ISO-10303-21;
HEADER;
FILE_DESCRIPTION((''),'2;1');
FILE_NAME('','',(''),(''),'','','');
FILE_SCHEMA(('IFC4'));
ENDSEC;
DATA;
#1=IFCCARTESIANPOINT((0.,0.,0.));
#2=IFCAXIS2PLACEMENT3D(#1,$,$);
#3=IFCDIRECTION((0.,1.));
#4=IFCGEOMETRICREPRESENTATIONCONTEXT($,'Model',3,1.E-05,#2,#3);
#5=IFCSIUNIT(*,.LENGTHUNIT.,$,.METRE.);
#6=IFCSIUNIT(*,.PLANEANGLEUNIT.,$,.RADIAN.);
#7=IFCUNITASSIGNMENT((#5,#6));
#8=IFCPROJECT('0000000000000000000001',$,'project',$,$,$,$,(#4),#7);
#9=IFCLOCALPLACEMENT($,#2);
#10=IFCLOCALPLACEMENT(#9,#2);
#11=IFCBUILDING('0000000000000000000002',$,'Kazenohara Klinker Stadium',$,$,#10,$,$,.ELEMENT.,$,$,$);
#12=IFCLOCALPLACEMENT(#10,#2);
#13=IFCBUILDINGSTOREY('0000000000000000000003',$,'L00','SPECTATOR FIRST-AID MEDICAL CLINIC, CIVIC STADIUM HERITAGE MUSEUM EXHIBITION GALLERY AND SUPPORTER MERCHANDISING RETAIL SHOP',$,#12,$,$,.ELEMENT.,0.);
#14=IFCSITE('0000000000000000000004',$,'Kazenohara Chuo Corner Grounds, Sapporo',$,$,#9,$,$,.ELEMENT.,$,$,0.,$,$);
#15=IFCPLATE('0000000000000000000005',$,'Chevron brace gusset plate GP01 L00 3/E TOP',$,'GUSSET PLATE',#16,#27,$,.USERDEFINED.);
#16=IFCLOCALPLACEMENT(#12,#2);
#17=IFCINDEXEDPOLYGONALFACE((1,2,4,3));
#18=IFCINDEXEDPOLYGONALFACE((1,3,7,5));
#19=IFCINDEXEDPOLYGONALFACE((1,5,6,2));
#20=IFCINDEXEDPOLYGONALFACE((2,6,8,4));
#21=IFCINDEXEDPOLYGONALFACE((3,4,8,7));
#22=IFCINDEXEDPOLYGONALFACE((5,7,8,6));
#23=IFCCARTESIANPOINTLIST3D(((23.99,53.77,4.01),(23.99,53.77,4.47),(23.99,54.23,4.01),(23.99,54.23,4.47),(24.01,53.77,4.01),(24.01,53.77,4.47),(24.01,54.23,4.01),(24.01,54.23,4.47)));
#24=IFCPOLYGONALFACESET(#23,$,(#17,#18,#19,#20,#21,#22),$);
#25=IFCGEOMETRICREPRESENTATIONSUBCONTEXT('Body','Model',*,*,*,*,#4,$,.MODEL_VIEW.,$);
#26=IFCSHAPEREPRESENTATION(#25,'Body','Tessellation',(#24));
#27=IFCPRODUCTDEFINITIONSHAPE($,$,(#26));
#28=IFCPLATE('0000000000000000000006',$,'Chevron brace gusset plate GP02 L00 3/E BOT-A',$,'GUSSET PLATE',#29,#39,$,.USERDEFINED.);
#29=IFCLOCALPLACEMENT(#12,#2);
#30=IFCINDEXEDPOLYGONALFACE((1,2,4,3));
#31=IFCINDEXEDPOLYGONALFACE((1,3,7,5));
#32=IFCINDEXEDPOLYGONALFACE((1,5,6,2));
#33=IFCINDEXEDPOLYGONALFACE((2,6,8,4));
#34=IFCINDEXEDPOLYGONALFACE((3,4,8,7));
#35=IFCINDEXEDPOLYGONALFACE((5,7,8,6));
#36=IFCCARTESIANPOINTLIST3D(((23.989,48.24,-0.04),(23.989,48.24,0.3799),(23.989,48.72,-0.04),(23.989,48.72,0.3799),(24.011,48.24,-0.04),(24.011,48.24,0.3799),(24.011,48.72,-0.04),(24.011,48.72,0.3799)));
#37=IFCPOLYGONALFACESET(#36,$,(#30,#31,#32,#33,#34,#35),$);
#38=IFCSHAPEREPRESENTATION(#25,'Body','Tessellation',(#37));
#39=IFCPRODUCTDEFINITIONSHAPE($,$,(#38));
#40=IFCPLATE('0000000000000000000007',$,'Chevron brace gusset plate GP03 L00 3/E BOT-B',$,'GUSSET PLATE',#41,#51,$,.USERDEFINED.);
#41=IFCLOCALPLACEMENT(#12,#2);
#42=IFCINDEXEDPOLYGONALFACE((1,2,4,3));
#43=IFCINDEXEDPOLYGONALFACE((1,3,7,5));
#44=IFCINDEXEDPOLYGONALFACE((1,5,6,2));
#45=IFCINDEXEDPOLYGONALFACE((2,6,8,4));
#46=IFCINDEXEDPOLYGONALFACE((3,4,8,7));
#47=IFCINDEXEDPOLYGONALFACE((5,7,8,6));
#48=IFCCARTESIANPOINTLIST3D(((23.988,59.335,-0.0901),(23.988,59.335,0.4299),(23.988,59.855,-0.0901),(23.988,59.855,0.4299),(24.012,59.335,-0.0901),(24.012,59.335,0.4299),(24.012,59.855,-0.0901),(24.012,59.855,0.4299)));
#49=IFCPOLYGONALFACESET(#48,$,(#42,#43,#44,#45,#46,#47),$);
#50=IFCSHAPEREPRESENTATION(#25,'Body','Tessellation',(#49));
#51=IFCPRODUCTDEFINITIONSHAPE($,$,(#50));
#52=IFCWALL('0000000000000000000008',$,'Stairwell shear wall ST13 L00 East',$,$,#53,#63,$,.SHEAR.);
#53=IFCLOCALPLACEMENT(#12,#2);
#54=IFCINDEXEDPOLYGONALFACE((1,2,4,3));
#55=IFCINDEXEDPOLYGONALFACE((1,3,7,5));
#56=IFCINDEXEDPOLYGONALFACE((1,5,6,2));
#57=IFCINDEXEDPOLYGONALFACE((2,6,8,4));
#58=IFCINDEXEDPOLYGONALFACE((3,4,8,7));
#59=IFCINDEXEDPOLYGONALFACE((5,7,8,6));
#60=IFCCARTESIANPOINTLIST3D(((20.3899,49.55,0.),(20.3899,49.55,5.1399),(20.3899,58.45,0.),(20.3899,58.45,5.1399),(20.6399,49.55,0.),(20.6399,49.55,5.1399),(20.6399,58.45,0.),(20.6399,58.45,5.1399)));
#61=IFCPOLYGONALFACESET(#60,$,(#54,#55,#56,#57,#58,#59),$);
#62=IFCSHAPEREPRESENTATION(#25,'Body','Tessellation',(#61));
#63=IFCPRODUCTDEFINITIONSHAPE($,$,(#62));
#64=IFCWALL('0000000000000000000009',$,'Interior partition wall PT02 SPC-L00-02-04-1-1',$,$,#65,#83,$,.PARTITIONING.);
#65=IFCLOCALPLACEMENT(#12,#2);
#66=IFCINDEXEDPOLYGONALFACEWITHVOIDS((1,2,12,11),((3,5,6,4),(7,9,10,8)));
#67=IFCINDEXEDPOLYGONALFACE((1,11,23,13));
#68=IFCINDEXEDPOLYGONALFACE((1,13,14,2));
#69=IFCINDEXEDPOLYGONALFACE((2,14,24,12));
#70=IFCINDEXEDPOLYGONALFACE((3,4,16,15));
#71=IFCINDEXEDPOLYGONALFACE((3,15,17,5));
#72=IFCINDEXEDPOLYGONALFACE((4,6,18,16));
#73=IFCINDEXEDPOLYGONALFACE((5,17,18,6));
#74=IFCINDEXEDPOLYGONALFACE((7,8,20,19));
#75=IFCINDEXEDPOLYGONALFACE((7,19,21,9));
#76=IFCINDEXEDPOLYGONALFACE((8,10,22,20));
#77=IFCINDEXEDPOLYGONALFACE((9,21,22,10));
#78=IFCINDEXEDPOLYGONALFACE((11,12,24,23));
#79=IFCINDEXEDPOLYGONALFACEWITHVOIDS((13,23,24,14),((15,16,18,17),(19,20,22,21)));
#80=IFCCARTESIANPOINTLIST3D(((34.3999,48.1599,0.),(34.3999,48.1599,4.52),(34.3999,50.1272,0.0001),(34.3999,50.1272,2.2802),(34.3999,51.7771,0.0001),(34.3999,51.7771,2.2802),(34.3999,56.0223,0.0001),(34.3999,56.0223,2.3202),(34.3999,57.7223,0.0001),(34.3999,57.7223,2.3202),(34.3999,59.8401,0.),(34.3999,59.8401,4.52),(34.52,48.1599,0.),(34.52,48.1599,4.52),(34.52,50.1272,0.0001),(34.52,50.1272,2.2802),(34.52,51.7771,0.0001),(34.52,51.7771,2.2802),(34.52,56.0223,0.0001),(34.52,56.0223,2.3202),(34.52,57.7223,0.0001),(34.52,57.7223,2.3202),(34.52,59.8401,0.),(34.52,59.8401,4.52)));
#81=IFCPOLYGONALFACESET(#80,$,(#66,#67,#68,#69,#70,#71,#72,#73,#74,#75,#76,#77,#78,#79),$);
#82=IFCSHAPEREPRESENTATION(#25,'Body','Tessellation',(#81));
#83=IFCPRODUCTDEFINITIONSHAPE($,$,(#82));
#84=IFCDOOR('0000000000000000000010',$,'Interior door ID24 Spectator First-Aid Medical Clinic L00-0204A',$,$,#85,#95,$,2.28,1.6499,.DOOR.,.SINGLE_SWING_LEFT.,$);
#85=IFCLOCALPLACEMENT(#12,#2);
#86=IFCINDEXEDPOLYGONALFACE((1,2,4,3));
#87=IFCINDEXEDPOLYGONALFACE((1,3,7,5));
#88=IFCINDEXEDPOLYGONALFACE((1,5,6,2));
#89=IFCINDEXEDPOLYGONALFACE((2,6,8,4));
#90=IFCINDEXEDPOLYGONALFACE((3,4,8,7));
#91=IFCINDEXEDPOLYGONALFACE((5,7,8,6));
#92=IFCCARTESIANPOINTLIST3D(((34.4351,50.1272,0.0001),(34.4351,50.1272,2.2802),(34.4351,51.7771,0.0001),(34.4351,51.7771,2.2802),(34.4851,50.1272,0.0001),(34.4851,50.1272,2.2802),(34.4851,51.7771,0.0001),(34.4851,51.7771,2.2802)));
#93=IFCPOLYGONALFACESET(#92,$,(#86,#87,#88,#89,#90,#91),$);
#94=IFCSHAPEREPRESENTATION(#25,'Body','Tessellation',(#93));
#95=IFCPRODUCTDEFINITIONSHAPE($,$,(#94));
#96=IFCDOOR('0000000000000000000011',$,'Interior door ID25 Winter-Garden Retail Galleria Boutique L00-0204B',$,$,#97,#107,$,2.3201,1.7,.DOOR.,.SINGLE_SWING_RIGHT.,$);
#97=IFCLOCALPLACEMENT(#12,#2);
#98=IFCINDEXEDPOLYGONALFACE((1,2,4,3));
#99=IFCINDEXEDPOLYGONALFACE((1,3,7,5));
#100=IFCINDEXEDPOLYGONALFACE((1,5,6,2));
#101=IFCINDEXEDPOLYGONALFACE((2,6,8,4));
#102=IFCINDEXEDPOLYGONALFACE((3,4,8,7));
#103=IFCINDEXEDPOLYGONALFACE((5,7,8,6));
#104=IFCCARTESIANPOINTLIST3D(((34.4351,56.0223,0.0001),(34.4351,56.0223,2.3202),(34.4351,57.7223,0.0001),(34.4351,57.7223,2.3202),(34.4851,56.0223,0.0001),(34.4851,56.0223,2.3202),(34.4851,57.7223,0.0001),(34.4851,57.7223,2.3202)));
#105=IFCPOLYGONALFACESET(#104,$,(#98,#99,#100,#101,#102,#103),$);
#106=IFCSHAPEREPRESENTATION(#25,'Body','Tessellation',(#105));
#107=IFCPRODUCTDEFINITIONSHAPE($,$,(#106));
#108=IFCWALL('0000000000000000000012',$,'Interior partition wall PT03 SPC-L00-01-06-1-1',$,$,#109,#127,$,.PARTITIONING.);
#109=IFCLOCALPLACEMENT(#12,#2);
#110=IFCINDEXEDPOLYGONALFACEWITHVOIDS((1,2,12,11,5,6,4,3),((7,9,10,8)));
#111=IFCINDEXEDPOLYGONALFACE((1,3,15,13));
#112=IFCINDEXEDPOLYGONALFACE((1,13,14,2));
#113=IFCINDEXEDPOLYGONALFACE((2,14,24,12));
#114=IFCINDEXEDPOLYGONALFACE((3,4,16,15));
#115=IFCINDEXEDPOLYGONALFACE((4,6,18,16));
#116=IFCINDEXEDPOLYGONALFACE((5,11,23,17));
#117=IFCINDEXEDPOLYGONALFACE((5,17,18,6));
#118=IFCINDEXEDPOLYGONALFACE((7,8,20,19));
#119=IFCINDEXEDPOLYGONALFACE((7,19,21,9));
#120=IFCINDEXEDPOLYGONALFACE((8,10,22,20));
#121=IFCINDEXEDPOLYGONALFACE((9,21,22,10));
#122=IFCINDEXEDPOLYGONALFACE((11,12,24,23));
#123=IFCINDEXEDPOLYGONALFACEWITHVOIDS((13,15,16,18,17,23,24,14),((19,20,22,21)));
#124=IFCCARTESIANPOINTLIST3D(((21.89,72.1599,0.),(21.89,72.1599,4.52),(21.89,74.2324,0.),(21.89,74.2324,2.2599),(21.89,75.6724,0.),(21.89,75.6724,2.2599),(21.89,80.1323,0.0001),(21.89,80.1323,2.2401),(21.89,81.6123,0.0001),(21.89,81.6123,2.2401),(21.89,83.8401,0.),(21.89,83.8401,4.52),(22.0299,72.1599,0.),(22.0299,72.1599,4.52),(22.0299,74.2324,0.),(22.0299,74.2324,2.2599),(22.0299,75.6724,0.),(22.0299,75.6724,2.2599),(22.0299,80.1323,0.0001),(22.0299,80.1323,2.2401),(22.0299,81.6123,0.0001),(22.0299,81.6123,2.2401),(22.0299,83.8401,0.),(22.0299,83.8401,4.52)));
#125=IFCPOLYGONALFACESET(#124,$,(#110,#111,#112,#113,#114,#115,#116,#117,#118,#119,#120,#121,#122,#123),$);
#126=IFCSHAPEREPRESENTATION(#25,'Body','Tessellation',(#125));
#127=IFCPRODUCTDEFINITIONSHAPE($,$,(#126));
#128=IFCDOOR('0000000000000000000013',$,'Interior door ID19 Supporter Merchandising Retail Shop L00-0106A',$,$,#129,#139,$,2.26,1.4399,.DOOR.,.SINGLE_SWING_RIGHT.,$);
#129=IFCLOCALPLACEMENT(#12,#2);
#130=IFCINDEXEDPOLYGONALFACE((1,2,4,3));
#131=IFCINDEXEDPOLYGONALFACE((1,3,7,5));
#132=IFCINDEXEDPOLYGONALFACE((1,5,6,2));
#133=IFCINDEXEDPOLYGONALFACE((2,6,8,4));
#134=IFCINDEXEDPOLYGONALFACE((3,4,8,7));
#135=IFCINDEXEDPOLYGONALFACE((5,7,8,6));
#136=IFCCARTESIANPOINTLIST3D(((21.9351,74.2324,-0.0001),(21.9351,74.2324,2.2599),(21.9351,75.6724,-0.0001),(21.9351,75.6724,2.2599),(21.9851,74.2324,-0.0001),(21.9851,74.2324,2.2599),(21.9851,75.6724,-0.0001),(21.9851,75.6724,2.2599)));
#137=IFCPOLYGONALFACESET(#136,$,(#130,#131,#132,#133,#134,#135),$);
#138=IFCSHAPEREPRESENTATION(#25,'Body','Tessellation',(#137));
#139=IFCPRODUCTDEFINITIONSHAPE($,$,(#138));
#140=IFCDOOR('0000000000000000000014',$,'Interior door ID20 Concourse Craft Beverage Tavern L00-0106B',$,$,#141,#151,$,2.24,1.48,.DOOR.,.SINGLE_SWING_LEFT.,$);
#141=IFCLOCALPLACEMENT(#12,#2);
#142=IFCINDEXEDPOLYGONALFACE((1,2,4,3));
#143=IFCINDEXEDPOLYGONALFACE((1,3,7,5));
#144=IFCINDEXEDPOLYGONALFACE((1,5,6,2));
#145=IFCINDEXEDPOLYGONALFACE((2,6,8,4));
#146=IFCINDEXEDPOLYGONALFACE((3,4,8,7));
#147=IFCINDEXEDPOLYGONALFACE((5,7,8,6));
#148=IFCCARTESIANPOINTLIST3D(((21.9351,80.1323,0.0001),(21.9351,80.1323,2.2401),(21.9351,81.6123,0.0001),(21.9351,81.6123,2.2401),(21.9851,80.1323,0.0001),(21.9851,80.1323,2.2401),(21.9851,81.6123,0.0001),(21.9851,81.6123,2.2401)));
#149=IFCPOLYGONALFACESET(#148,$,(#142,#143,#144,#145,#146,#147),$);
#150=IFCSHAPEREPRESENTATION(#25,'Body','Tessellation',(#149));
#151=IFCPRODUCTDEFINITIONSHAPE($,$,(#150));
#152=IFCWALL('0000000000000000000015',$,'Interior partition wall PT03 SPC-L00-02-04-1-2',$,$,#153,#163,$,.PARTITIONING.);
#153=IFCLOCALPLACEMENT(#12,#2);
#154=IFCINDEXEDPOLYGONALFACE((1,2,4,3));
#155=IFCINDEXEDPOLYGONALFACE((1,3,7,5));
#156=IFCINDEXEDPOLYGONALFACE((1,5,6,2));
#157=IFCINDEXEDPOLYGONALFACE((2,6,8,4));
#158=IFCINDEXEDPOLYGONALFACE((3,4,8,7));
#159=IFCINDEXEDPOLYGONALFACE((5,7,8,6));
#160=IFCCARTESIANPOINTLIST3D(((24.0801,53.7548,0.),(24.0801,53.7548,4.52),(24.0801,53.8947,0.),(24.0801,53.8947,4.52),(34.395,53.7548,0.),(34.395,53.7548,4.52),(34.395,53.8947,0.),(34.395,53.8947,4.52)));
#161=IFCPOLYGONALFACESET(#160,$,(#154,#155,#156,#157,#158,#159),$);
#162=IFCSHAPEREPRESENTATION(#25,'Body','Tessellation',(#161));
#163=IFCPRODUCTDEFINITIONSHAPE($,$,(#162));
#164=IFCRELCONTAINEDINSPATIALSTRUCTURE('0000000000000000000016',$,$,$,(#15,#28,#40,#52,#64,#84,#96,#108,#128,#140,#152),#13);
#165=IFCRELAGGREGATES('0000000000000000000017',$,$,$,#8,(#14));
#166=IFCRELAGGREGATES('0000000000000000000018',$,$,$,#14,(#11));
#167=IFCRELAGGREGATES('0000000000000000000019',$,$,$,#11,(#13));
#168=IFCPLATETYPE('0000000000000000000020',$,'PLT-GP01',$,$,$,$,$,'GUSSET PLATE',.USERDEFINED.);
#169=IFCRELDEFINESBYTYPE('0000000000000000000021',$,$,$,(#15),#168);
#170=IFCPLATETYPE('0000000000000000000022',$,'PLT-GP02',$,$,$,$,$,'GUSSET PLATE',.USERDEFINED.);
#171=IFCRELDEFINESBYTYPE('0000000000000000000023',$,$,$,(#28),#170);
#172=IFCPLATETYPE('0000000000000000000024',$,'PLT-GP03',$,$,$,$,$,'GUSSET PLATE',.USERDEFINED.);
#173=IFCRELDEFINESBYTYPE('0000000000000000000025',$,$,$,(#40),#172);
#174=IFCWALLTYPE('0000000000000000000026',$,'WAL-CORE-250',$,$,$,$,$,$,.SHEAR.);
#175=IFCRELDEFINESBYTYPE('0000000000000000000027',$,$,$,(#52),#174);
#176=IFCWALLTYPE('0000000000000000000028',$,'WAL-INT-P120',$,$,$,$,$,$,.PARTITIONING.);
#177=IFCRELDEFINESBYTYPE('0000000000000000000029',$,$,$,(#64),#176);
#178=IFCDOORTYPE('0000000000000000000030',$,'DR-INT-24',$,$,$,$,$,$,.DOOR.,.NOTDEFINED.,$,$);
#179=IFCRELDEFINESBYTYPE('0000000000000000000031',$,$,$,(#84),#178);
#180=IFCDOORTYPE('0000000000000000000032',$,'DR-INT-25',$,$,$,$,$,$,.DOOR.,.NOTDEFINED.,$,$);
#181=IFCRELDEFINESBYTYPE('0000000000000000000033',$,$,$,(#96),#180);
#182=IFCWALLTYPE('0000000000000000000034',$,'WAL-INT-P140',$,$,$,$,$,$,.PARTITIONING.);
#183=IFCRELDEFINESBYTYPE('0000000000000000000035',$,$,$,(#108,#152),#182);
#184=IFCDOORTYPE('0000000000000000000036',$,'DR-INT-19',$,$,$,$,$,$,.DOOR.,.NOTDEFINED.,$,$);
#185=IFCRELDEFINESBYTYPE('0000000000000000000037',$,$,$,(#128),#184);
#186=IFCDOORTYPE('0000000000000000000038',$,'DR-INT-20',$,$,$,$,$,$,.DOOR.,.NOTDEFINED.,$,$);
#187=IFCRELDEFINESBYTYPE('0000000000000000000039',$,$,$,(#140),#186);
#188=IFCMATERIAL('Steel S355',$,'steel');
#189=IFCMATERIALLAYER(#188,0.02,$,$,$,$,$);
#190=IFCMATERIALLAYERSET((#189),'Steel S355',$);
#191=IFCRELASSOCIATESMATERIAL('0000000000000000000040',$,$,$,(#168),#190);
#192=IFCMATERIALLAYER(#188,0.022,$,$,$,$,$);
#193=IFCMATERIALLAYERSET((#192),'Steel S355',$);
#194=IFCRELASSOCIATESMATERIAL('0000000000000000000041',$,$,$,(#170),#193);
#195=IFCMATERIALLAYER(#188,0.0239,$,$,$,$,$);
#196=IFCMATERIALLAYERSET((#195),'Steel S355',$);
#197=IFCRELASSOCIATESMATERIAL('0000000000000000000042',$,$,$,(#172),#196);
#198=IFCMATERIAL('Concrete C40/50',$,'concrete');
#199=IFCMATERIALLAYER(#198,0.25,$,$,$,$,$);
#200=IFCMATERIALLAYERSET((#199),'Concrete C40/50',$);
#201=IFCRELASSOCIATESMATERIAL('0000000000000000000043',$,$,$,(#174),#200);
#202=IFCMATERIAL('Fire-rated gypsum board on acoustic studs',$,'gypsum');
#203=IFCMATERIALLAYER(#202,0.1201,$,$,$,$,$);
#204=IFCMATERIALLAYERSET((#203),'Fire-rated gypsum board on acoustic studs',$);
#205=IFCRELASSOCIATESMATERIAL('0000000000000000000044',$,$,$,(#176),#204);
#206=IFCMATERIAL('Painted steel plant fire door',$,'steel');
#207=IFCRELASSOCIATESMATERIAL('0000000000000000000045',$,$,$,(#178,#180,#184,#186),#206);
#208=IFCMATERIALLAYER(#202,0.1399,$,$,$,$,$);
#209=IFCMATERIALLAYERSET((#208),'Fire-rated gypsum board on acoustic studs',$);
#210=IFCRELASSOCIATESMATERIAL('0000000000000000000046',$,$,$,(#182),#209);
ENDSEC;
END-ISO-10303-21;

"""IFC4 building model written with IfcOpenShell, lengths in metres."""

from ifc_helpers import new_model, si_unit, direction, frame, frame_2d, origin, origin_2d, place, context, subcontext, project, spatial, rectangle, extrude, material, layer, layer_set, type_object, element, fill, save


model = new_model("IFC4")

# Units and contexts
model_context = context("Model", 3, precision=1e-05, world=origin(), true_north=direction((0.0, 1.0)))
body_context = subcontext(model_context, "Body", "Model", "MODEL_VIEW")
ifc_project = project(units=[si_unit("LENGTHUNIT", "METRE"), si_unit("PLANEANGLEUNIT", "RADIAN")], contexts=[model_context])

# Site, building, storey
site_placement = place(None, origin())
site = spatial("IfcSite", under=ifc_project, at=site_placement, Name="Kazenohara Chuo Corner Grounds, Sapporo", CompositionType="ELEMENT", RefElevation=0.0)
building_placement = place(site_placement, origin())
building = spatial("IfcBuilding", under=site, at=building_placement, Name="Kazenohara Klinker Stadium", CompositionType="ELEMENT")
storey_placement = place(building_placement, origin())
storey = spatial("IfcBuildingStorey", under=building, at=storey_placement, Name="L00", Description="SPECTATOR FIRST-AID MEDICAL CLINIC, CIVIC STADIUM HERITAGE MUSEUM EXHIBITION GALLERY AND SUPPORTER MERCHANDISING RETAIL SHOP", CompositionType="ELEMENT", Elevation=0.0)

# Shared definitions
ifc_material_1 = material(Name="Concrete C40/50", Category="concrete")

# Shared definitions
ifc_material_2 = material(Name="Steel S355", Category="steel")

# Plates
ifc_layer_1 = layer(ifc_material_2, 0.02)
ifc_layer_set_1 = layer_set([ifc_layer_1], Name="Steel S355")
plate_type_1 = type_object("IfcPlateType", Name="PLT-GP01", ElementType="GUSSET PLATE", PredefinedType="USERDEFINED", material=ifc_layer_set_1)
plate_1_placement = place(storey_placement, frame((24.0, 54.0, 4.01), z_axis=(0.0, 0.0, 1.0), x_axis=(1.0, 0.0, 0.0)))
element("IfcPlate", 1, at=plate_1_placement, inside=storey, type_object=plate_type_1, Name="Chevron brace gusset plate GP01 L00 3/E TOP", ObjectType="GUSSET PLATE", PredefinedType="USERDEFINED", context=body_context, shape_type="SweptSolid", body=[
    extrude(rectangle(XDim=0.02, YDim=0.46, at=origin_2d()), origin(), (0.0, 0.0, 1.0), 0.46),
])
ifc_layer_2 = layer(ifc_material_2, 0.022)
ifc_layer_set_2 = layer_set([ifc_layer_2], Name="Steel S355")
plate_type_2 = type_object("IfcPlateType", Name="PLT-GP02", ElementType="GUSSET PLATE", PredefinedType="USERDEFINED", material=ifc_layer_set_2)
plate_2_placement = place(storey_placement, frame((24.0, 48.48, -0.04), z_axis=(0.0, 0.0, 1.0), x_axis=(1.0, 0.0, 0.0)))
element("IfcPlate", 2, at=plate_2_placement, inside=storey, type_object=plate_type_2, Name="Chevron brace gusset plate GP02 L00 3/E BOT-A", ObjectType="GUSSET PLATE", PredefinedType="USERDEFINED", context=body_context, shape_type="SweptSolid", body=[
    extrude(rectangle(XDim=0.022, YDim=0.48, at=origin_2d()), origin(), (0.0, 0.0, 1.0), 0.4199),
])
ifc_layer_3 = layer(ifc_material_2, 0.0239)
ifc_layer_set_3 = layer_set([ifc_layer_3], Name="Steel S355")
plate_type_3 = type_object("IfcPlateType", Name="PLT-GP03", ElementType="GUSSET PLATE", PredefinedType="USERDEFINED", material=ifc_layer_set_3)
plate_3_placement = place(storey_placement, frame((24.0, 59.595, -0.0901), z_axis=(0.0, 0.0, 1.0), x_axis=(1.0, 0.0, 0.0)))
element("IfcPlate", 3, at=plate_3_placement, inside=storey, type_object=plate_type_3, Name="Chevron brace gusset plate GP03 L00 3/E BOT-B", ObjectType="GUSSET PLATE", PredefinedType="USERDEFINED", context=body_context, shape_type="SweptSolid", body=[
    extrude(rectangle(XDim=0.0239, YDim=0.52, at=origin_2d()), origin(), (0.0, 0.0, 1.0), 0.52),
])

# Wall
ifc_layer_4 = layer(ifc_material_1, 0.25)
ifc_layer_set_4 = layer_set([ifc_layer_4], Name="Concrete C40/50")
wall_type_1 = type_object("IfcWallType", Name="WAL-CORE-250", PredefinedType="SHEAR", material=ifc_layer_set_4)
wall_1_placement = place(storey_placement, frame((20.5149, 49.55, 0.0), z_axis=(0.0, 0.0, 1.0), x_axis=(0.0, 1.0, 0.0)))
element("IfcWall", 4, at=wall_1_placement, inside=storey, type_object=wall_type_1, Name="Stairwell shear wall ST13 L00 East", PredefinedType="SHEAR", context=body_context, shape_type="SweptSolid", body=[
    extrude(rectangle(XDim=8.8999, YDim=0.25, at=frame_2d((4.45, 0.0))), origin(), (0.0, 0.0, 1.0), 5.1399),
])

# Walls, openings, doors
ifc_material_3 = material(Name="Fire-rated gypsum board on acoustic studs", Category="gypsum")
ifc_layer_5 = layer(ifc_material_3, 0.1201)
ifc_layer_set_5 = layer_set([ifc_layer_5], Name="Fire-rated gypsum board on acoustic studs")
wall_type_2 = type_object("IfcWallType", Name="WAL-INT-P120", PredefinedType="PARTITIONING", material=ifc_layer_set_5)
wall_2_placement = place(storey_placement, frame((34.46, 48.1599, 0.0), z_axis=(0.0, 0.0, 1.0), x_axis=(0.0, 1.0, 0.0)))
wall_2 = element("IfcWall", 5, at=wall_2_placement, inside=storey, type_object=wall_type_2, Name="Interior partition wall PT02 SPC-L00-02-04-1-1", PredefinedType="PARTITIONING", context=body_context, shape_type="SweptSolid", body=[
    extrude(rectangle(XDim=11.6802, YDim=0.1201, at=frame_2d((5.8401, 0.0))), origin(), (0.0, 0.0, 1.0), 4.52),
])
opening_1_placement = place(wall_2_placement, frame((1.9673, 0.0, 0.0)))
opening_1 = element("IfcOpeningElement", 6, at=opening_1_placement, cuts=wall_2, PredefinedType="OPENING", context=body_context, shape_type="SweptSolid", body=[
    extrude(rectangle(XDim=1.6499, YDim=2.28, at=frame_2d((0.825, 1.1401))), frame((0.0, 0.0701, 0.0), z_axis=(0.0, -1.0, 0.0), x_axis=(1.0, 0.0, 0.0)), (0.0, 0.0, 1.0), 0.1401),
])
opening_2_placement = place(wall_2_placement, frame((7.8623, 0.0, 0.0)))
opening_2 = element("IfcOpeningElement", 7, at=opening_2_placement, cuts=wall_2, PredefinedType="OPENING", context=body_context, shape_type="SweptSolid", body=[
    extrude(rectangle(XDim=1.7, YDim=2.3201, at=frame_2d((0.8501, 1.1602))), frame((0.0, 0.0701, 0.0), z_axis=(0.0, -1.0, 0.0), x_axis=(1.0, 0.0, 0.0)), (0.0, 0.0, 1.0), 0.1401),
])
ifc_material_4 = material(Name="Painted steel plant fire door", Category="steel")
door_type_1 = type_object("IfcDoorType", Name="DR-INT-24", OperationType="NOTDEFINED", PredefinedType="DOOR", material=ifc_material_4)
door_1_placement = place(opening_1_placement, origin())
door_1 = element("IfcDoor", 8, at=door_1_placement, inside=storey, type_object=door_type_1, Name="Interior door ID24 Spectator First-Aid Medical Clinic L00-0204A", OperationType="SINGLE_SWING_LEFT", OverallHeight=2.28, OverallWidth=1.6499, PredefinedType="DOOR", context=body_context, shape_type="SweptSolid", body=[
    extrude(rectangle(XDim=1.6499, YDim=2.28, at=frame_2d((0.825, 1.1401))), frame((0.0, 0.0249, 0.0), z_axis=(0.0, -1.0, 0.0), x_axis=(1.0, 0.0, 0.0)), (0.0, 0.0, 1.0), 0.05),
])
fill(opening_1, door_1)
door_type_2 = type_object("IfcDoorType", Name="DR-INT-25", OperationType="NOTDEFINED", PredefinedType="DOOR", material=ifc_material_4)
door_2_placement = place(opening_2_placement, origin())
door_2 = element("IfcDoor", 9, at=door_2_placement, inside=storey, type_object=door_type_2, Name="Interior door ID25 Winter-Garden Retail Galleria Boutique L00-0204B", OperationType="SINGLE_SWING_RIGHT", OverallHeight=2.3201, OverallWidth=1.7, PredefinedType="DOOR", context=body_context, shape_type="SweptSolid", body=[
    extrude(rectangle(XDim=1.7, YDim=2.3201, at=frame_2d((0.8501, 1.1602))), frame((0.0, 0.0249, 0.0), z_axis=(0.0, -1.0, 0.0), x_axis=(1.0, 0.0, 0.0)), (0.0, 0.0, 1.0), 0.05),
])
fill(opening_2, door_2)
ifc_layer_6 = layer(ifc_material_3, 0.1399)
ifc_layer_set_6 = layer_set([ifc_layer_6], Name="Fire-rated gypsum board on acoustic studs")
wall_type_3 = type_object("IfcWallType", Name="WAL-INT-P140", PredefinedType="PARTITIONING", material=ifc_layer_set_6)
wall_3_placement = place(storey_placement, frame((21.96, 72.1599, 0.0), z_axis=(0.0, 0.0, 1.0), x_axis=(0.0, 1.0, 0.0)))
wall_3 = element("IfcWall", 10, at=wall_3_placement, inside=storey, type_object=wall_type_3, Name="Interior partition wall PT03 SPC-L00-01-06-1-1", PredefinedType="PARTITIONING", context=body_context, shape_type="SweptSolid", body=[
    extrude(rectangle(XDim=11.6802, YDim=0.1399, at=frame_2d((5.8401, 0.0))), origin(), (0.0, 0.0, 1.0), 4.52),
])
opening_3_placement = place(wall_3_placement, frame((2.0725, 0.0, 0.0)))
opening_3 = element("IfcOpeningElement", 11, at=opening_3_placement, cuts=wall_3, PredefinedType="OPENING", context=body_context, shape_type="SweptSolid", body=[
    extrude(rectangle(XDim=1.4399, YDim=2.26, at=frame_2d((0.72, 1.1299))), frame((0.0, 0.0801, 0.0), z_axis=(0.0, -1.0, 0.0), x_axis=(1.0, 0.0, 0.0)), (0.0, 0.0, 1.0), 0.1599),
])
opening_4_placement = place(wall_3_placement, frame((7.9724, 0.0, 0.0)))
opening_4 = element("IfcOpeningElement", 12, at=opening_4_placement, cuts=wall_3, PredefinedType="OPENING", context=body_context, shape_type="SweptSolid", body=[
    extrude(rectangle(XDim=1.48, YDim=2.24, at=frame_2d((0.74, 1.1201))), frame((0.0, 0.0801, 0.0), z_axis=(0.0, -1.0, 0.0), x_axis=(1.0, 0.0, 0.0)), (0.0, 0.0, 1.0), 0.1599),
])
door_type_3 = type_object("IfcDoorType", Name="DR-INT-19", OperationType="NOTDEFINED", PredefinedType="DOOR", material=ifc_material_4)
door_3_placement = place(opening_3_placement, origin())
door_3 = element("IfcDoor", 13, at=door_3_placement, inside=storey, type_object=door_type_3, Name="Interior door ID19 Supporter Merchandising Retail Shop L00-0106A", OperationType="SINGLE_SWING_RIGHT", OverallHeight=2.26, OverallWidth=1.4399, PredefinedType="DOOR", context=body_context, shape_type="SweptSolid", body=[
    extrude(rectangle(XDim=1.4399, YDim=2.26, at=frame_2d((0.72, 1.1299))), frame((0.0, 0.0249, 0.0), z_axis=(0.0, -1.0, 0.0), x_axis=(1.0, 0.0, 0.0)), (0.0, 0.0, 1.0), 0.05),
])
fill(opening_3, door_3)
door_type_4 = type_object("IfcDoorType", Name="DR-INT-20", OperationType="NOTDEFINED", PredefinedType="DOOR", material=ifc_material_4)
door_4_placement = place(opening_4_placement, origin())
door_4 = element("IfcDoor", 14, at=door_4_placement, inside=storey, type_object=door_type_4, Name="Interior door ID20 Concourse Craft Beverage Tavern L00-0106B", OperationType="SINGLE_SWING_LEFT", OverallHeight=2.24, OverallWidth=1.48, PredefinedType="DOOR", context=body_context, shape_type="SweptSolid", body=[
    extrude(rectangle(XDim=1.48, YDim=2.24, at=frame_2d((0.74, 1.1201))), frame((0.0, 0.0249, 0.0), z_axis=(0.0, -1.0, 0.0), x_axis=(1.0, 0.0, 0.0)), (0.0, 0.0, 1.0), 0.05),
])
fill(opening_4, door_4)

# Wall
wall_4_placement = place(storey_placement, frame((24.0801, 53.8247, 0.0), z_axis=(0.0, 0.0, 1.0), x_axis=(1.0, 0.0, 0.0)))
element("IfcWall", 15, at=wall_4_placement, inside=storey, type_object=wall_type_3, Name="Interior partition wall PT03 SPC-L00-02-04-1-2", PredefinedType="PARTITIONING", context=body_context, shape_type="SweptSolid", body=[
    extrude(rectangle(XDim=10.3149, YDim=0.1399, at=frame_2d((5.1575, 0.0))), origin(), (0.0, 0.0, 1.0), 4.52),
])

save(model, "model.ifc")
